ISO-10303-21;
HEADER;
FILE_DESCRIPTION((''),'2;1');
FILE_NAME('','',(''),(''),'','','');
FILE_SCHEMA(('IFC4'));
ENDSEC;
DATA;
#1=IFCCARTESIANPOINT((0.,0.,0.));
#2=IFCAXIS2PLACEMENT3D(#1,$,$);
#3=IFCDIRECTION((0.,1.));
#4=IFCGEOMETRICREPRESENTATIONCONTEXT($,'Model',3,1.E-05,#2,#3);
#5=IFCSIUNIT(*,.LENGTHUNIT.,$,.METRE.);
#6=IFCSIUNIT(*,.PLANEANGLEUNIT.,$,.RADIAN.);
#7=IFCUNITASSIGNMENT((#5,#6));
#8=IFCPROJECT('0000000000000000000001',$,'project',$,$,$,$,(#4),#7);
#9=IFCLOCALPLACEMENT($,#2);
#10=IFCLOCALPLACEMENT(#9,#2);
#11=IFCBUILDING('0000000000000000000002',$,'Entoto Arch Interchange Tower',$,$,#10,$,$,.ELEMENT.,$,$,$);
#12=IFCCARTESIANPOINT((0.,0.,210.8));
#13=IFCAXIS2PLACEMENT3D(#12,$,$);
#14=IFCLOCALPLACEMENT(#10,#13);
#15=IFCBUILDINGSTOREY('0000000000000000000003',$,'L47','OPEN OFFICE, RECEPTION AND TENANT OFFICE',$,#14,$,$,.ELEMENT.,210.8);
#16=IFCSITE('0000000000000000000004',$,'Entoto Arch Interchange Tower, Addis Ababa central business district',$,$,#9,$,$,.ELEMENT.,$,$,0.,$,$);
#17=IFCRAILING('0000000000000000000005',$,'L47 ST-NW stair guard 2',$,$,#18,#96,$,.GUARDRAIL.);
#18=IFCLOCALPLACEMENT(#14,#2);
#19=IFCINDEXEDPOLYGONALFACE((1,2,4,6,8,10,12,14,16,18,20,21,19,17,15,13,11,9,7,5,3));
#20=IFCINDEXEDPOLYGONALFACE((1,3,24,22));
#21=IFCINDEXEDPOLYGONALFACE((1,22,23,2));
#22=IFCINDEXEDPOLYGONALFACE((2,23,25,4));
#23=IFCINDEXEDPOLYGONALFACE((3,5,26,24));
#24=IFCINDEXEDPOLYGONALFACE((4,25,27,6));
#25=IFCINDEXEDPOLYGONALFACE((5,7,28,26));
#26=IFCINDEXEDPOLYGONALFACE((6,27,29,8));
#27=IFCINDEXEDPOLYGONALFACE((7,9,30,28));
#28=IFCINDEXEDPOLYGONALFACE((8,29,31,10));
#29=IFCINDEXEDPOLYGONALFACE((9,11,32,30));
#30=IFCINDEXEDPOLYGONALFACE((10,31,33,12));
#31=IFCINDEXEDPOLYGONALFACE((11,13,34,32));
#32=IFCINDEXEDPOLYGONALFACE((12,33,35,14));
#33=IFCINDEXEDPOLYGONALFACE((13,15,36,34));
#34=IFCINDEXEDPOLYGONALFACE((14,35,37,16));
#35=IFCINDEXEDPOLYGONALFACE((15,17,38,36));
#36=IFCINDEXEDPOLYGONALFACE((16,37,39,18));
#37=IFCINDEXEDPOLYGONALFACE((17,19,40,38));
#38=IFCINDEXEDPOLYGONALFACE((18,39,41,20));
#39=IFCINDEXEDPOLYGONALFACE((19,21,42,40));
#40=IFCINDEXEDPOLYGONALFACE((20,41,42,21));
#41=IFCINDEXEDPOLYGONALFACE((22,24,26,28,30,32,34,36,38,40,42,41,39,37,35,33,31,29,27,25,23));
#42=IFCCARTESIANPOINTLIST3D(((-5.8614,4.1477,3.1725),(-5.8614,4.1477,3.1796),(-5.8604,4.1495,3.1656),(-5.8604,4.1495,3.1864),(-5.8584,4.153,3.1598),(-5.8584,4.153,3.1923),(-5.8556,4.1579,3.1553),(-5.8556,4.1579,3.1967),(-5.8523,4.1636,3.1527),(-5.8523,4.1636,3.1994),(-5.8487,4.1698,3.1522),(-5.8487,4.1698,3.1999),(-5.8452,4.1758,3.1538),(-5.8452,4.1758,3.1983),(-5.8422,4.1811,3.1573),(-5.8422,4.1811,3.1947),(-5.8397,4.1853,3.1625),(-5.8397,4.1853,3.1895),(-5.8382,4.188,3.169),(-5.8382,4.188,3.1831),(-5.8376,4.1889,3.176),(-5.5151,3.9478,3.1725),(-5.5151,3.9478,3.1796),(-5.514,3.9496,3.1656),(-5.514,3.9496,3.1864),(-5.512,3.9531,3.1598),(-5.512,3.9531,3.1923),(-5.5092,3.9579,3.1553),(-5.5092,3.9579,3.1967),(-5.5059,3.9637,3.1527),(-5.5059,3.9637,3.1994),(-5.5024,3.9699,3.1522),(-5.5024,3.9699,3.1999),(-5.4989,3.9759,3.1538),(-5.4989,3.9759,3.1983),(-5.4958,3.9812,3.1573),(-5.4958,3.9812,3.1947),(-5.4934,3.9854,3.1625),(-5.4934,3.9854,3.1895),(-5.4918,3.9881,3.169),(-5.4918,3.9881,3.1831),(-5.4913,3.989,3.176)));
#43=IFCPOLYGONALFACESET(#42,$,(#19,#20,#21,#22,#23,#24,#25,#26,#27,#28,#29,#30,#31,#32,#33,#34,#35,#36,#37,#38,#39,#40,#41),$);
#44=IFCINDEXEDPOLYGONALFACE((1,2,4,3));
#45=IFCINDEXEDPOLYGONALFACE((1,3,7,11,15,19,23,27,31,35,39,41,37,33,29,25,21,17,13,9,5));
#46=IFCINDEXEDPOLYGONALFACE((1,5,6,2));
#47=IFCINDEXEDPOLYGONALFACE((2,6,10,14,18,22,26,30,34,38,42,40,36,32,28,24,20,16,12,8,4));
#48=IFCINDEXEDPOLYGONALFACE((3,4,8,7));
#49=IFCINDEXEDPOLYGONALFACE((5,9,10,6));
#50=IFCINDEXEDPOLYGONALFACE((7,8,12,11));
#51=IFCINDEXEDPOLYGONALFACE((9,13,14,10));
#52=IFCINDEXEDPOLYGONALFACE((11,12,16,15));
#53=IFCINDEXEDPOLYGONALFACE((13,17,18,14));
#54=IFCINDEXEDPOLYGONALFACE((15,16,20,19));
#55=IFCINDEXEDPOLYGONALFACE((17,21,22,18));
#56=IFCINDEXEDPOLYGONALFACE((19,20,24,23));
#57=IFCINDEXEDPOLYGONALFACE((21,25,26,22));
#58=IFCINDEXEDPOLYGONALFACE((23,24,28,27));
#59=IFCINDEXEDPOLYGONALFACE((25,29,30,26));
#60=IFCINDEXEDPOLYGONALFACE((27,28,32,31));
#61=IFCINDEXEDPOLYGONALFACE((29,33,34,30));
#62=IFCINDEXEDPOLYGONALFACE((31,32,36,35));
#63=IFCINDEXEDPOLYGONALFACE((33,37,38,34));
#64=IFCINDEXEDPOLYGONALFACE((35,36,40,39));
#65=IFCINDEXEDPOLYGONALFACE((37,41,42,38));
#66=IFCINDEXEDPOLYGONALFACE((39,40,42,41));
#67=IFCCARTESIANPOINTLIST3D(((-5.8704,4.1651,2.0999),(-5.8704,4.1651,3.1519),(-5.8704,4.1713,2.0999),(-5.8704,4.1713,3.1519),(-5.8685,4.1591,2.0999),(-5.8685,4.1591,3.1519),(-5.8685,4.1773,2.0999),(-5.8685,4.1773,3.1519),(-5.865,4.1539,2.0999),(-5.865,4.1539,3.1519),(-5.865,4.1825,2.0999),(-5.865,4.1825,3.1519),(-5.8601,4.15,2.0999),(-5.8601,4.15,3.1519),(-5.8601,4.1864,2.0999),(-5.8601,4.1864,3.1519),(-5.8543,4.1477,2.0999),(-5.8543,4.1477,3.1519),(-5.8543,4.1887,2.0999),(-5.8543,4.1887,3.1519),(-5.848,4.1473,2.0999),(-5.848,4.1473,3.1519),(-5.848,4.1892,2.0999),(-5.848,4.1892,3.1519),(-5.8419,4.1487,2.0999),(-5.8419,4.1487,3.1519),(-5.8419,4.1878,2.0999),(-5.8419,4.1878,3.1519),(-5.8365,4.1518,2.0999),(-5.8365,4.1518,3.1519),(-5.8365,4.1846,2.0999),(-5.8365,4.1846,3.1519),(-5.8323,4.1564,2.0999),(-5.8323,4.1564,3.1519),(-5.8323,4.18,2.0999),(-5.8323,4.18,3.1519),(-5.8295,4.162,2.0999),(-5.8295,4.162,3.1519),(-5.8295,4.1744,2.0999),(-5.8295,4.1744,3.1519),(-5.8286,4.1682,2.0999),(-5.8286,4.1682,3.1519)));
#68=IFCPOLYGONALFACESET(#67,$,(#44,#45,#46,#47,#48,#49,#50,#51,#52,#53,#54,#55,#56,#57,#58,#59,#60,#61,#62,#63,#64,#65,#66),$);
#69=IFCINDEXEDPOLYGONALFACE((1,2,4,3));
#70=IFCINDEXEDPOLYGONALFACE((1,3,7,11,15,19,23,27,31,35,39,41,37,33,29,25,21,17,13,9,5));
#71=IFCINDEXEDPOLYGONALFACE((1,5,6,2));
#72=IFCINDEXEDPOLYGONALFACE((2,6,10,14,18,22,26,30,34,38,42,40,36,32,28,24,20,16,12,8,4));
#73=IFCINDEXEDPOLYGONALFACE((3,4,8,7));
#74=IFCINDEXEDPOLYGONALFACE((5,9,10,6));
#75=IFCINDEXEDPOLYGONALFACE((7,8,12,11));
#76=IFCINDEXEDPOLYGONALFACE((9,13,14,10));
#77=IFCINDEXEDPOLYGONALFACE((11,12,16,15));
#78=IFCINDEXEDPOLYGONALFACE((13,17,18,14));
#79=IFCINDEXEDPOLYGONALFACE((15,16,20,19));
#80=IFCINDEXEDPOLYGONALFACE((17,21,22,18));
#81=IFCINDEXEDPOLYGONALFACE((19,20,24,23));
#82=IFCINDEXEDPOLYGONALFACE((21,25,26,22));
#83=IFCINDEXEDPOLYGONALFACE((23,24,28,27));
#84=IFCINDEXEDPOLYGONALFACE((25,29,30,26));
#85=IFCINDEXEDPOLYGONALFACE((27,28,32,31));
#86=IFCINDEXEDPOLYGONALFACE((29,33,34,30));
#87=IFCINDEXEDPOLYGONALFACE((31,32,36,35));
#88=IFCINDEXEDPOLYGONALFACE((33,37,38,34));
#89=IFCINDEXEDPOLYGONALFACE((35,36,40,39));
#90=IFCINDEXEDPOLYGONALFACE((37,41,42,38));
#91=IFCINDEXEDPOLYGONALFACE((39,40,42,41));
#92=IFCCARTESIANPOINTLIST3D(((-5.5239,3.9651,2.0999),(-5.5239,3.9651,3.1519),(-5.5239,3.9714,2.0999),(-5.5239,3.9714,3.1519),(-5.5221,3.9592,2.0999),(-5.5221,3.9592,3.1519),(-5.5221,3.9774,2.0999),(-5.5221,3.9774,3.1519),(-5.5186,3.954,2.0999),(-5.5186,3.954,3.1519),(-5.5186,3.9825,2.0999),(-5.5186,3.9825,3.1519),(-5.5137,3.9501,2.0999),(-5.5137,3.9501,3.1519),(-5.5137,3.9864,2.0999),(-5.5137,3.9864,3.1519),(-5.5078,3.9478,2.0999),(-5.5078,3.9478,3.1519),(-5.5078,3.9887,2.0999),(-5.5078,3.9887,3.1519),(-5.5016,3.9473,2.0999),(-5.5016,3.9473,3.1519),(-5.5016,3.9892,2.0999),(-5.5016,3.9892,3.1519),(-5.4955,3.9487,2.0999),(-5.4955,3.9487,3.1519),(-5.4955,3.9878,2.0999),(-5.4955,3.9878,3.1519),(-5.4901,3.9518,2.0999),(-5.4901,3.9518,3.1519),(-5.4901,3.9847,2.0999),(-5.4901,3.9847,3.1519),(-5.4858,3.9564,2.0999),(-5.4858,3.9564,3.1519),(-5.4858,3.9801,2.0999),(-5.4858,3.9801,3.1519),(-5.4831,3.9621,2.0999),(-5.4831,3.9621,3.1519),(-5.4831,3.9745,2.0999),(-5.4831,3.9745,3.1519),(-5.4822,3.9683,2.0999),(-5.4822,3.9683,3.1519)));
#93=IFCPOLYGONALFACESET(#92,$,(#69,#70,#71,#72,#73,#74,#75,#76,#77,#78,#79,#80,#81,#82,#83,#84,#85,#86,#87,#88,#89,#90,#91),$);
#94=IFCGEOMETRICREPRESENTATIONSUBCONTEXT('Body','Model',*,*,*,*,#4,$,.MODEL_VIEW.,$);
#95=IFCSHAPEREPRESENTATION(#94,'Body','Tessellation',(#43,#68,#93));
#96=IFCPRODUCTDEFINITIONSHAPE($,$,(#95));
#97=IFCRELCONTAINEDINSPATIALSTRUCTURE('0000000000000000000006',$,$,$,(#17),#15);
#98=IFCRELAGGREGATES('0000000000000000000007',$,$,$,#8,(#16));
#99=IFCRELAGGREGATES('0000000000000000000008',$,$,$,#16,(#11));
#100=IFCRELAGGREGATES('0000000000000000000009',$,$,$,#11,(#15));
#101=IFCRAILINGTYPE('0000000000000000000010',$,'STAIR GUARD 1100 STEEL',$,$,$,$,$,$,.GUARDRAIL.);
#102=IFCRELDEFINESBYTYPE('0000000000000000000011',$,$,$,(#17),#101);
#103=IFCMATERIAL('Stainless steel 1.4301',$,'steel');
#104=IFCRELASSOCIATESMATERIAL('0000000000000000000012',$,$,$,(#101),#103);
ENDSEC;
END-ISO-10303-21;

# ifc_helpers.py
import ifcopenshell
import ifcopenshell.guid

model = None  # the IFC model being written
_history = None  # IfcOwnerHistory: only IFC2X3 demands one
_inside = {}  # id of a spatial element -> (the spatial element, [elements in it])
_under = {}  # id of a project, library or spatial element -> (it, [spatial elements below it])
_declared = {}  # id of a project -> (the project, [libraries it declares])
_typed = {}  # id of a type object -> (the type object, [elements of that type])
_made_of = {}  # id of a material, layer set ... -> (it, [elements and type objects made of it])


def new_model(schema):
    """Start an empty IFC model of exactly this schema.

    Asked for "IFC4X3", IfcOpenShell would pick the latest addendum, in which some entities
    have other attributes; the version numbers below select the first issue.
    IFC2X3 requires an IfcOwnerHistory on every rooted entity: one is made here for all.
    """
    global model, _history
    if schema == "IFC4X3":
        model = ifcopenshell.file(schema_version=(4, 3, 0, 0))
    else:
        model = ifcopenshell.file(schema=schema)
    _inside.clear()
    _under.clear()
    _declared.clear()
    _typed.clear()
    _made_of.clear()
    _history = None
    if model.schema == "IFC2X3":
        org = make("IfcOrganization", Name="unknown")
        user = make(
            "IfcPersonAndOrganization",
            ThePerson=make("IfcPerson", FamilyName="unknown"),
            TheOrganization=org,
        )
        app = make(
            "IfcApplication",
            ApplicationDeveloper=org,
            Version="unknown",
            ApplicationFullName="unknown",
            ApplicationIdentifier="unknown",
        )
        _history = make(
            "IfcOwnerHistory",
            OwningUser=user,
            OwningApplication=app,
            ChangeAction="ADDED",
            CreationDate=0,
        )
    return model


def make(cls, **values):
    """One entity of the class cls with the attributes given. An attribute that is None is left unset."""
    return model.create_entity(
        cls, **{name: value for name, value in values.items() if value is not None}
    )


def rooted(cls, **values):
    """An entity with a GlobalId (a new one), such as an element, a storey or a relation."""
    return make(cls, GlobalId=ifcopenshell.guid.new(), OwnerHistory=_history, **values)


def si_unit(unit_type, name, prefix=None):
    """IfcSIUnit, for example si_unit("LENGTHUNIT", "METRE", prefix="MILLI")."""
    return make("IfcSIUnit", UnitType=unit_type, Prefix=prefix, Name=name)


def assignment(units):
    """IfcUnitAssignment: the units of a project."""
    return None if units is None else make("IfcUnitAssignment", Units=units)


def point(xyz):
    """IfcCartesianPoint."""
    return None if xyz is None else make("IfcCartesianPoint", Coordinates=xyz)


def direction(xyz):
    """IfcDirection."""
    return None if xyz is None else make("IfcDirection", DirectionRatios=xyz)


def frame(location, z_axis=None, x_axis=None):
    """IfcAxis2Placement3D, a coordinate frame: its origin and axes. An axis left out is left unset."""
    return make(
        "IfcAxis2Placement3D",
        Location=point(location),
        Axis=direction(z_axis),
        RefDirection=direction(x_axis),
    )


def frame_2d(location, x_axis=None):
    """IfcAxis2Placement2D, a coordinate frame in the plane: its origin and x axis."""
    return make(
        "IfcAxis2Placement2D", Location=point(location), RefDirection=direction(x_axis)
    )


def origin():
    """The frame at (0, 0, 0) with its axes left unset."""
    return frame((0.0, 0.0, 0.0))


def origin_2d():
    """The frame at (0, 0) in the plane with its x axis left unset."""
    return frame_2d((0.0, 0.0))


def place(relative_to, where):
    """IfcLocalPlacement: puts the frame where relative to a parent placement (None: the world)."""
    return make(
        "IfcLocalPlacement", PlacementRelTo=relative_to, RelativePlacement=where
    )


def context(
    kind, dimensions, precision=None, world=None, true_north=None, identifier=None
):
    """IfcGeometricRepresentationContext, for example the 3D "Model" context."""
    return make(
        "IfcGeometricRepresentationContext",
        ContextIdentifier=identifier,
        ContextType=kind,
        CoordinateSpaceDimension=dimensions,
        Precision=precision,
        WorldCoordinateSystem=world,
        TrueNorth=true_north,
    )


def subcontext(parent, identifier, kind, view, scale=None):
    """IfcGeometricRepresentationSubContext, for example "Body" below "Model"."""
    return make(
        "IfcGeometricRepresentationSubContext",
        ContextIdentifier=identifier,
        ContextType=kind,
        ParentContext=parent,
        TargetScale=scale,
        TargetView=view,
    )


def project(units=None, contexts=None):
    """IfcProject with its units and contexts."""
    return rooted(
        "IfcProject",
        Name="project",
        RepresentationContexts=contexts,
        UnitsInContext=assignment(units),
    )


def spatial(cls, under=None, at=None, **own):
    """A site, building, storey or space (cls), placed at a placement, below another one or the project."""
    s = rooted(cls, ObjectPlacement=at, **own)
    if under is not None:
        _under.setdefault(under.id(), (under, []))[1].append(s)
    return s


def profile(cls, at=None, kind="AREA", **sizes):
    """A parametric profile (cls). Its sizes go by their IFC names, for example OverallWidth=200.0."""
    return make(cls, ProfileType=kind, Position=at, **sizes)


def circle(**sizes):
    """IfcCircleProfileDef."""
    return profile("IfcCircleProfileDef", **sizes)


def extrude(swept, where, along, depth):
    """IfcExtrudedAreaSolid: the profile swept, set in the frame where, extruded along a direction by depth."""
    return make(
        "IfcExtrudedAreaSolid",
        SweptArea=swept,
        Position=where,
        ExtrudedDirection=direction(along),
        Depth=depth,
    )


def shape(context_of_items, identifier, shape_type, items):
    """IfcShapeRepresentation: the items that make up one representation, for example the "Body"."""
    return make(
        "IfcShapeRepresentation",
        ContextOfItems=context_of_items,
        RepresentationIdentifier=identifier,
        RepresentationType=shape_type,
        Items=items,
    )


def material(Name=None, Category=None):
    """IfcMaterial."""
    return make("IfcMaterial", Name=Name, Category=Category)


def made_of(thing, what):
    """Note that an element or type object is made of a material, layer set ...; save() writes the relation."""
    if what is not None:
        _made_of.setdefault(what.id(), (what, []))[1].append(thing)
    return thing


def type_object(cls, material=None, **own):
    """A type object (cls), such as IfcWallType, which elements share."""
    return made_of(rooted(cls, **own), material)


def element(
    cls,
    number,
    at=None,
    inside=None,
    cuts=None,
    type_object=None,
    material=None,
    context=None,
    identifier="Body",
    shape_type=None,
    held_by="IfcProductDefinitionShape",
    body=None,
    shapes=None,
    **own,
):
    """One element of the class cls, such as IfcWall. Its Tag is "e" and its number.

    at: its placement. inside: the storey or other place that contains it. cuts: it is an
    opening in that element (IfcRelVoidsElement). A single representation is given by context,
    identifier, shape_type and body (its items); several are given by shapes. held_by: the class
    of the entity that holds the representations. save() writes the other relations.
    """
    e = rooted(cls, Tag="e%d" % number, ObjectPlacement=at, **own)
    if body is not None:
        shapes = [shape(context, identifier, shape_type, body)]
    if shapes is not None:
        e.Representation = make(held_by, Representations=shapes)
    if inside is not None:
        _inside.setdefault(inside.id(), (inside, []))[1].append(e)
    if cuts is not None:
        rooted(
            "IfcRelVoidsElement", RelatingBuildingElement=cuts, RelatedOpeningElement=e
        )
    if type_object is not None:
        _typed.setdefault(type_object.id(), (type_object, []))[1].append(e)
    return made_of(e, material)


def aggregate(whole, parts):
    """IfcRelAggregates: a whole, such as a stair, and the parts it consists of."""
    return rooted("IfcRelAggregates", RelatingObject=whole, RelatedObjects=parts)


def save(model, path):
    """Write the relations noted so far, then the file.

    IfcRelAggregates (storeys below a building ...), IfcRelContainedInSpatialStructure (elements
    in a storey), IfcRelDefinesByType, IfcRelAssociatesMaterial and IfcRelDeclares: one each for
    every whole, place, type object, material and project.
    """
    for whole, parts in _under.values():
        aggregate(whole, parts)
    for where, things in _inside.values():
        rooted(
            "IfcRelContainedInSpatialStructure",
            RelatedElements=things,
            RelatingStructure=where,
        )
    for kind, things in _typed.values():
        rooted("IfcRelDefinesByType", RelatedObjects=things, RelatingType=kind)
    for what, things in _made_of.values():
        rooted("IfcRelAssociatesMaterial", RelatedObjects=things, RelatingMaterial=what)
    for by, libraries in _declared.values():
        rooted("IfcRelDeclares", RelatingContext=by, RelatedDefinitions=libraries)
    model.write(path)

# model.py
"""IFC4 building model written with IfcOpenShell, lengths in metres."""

from ifc_helpers import new_model, si_unit, direction, frame, origin, origin_2d, place, context, subcontext, project, spatial, circle, extrude, material, type_object, element, save


model = new_model("IFC4")

# Units and contexts
model_context = context("Model", 3, precision=1e-05, world=origin(), true_north=direction((0.0, 1.0)))
body_context = subcontext(model_context, "Body", "Model", "MODEL_VIEW")
ifc_project = project(units=[si_unit("LENGTHUNIT", "METRE"), si_unit("PLANEANGLEUNIT", "RADIAN")], contexts=[model_context])

# Site, building, storey
site_placement = place(None, origin())
site = spatial("IfcSite", under=ifc_project, at=site_placement, Name="Entoto Arch Interchange Tower, Addis Ababa central business district", CompositionType="ELEMENT", RefElevation=0.0)
building_placement = place(site_placement, origin())
building = spatial("IfcBuilding", under=site, at=building_placement, Name="Entoto Arch Interchange Tower", CompositionType="ELEMENT")
storey_placement = place(building_placement, frame((0.0, 0.0, 210.8)))
storey = spatial("IfcBuildingStorey", under=building, at=storey_placement, Name="L47", Description="OPEN OFFICE, RECEPTION AND TENANT OFFICE", CompositionType="ELEMENT", Elevation=210.8)

# Railing
ifc_material_1 = material(Name="Stainless steel 1.4301", Category="steel")
railing_type_1 = type_object("IfcRailingType", Name="STAIR GUARD 1100 STEEL", PredefinedType="GUARDRAIL", material=ifc_material_1)
railing_1_placement = place(storey_placement, frame((-5.8496, 4.1682, 2.0999)))
element("IfcRailing", 1, at=railing_1_placement, inside=storey, type_object=railing_type_1, Name="L47 ST-NW stair guard 2", PredefinedType="GUARDRAIL", context=body_context, shape_type="SweptSolid", body=[
    extrude(circle(Radius=0.0239, at=origin_2d()), frame((0.0, 0.0, 1.0762), z_axis=(0.866094, -0.499881, 0.0), x_axis=(0.499881, 0.866094, 0.0)), (0.0, 0.0, 1.0), 0.3999),
    extrude(circle(Radius=0.021, at=origin_2d()), origin(), (0.0, 0.0, 1.0), 1.052),
    extrude(circle(Radius=0.021, at=origin_2d()), frame((0.3464, -0.2, 0.0)), (0.0, 0.0, 1.0), 1.052),
])

save(model, "model.ifc")
